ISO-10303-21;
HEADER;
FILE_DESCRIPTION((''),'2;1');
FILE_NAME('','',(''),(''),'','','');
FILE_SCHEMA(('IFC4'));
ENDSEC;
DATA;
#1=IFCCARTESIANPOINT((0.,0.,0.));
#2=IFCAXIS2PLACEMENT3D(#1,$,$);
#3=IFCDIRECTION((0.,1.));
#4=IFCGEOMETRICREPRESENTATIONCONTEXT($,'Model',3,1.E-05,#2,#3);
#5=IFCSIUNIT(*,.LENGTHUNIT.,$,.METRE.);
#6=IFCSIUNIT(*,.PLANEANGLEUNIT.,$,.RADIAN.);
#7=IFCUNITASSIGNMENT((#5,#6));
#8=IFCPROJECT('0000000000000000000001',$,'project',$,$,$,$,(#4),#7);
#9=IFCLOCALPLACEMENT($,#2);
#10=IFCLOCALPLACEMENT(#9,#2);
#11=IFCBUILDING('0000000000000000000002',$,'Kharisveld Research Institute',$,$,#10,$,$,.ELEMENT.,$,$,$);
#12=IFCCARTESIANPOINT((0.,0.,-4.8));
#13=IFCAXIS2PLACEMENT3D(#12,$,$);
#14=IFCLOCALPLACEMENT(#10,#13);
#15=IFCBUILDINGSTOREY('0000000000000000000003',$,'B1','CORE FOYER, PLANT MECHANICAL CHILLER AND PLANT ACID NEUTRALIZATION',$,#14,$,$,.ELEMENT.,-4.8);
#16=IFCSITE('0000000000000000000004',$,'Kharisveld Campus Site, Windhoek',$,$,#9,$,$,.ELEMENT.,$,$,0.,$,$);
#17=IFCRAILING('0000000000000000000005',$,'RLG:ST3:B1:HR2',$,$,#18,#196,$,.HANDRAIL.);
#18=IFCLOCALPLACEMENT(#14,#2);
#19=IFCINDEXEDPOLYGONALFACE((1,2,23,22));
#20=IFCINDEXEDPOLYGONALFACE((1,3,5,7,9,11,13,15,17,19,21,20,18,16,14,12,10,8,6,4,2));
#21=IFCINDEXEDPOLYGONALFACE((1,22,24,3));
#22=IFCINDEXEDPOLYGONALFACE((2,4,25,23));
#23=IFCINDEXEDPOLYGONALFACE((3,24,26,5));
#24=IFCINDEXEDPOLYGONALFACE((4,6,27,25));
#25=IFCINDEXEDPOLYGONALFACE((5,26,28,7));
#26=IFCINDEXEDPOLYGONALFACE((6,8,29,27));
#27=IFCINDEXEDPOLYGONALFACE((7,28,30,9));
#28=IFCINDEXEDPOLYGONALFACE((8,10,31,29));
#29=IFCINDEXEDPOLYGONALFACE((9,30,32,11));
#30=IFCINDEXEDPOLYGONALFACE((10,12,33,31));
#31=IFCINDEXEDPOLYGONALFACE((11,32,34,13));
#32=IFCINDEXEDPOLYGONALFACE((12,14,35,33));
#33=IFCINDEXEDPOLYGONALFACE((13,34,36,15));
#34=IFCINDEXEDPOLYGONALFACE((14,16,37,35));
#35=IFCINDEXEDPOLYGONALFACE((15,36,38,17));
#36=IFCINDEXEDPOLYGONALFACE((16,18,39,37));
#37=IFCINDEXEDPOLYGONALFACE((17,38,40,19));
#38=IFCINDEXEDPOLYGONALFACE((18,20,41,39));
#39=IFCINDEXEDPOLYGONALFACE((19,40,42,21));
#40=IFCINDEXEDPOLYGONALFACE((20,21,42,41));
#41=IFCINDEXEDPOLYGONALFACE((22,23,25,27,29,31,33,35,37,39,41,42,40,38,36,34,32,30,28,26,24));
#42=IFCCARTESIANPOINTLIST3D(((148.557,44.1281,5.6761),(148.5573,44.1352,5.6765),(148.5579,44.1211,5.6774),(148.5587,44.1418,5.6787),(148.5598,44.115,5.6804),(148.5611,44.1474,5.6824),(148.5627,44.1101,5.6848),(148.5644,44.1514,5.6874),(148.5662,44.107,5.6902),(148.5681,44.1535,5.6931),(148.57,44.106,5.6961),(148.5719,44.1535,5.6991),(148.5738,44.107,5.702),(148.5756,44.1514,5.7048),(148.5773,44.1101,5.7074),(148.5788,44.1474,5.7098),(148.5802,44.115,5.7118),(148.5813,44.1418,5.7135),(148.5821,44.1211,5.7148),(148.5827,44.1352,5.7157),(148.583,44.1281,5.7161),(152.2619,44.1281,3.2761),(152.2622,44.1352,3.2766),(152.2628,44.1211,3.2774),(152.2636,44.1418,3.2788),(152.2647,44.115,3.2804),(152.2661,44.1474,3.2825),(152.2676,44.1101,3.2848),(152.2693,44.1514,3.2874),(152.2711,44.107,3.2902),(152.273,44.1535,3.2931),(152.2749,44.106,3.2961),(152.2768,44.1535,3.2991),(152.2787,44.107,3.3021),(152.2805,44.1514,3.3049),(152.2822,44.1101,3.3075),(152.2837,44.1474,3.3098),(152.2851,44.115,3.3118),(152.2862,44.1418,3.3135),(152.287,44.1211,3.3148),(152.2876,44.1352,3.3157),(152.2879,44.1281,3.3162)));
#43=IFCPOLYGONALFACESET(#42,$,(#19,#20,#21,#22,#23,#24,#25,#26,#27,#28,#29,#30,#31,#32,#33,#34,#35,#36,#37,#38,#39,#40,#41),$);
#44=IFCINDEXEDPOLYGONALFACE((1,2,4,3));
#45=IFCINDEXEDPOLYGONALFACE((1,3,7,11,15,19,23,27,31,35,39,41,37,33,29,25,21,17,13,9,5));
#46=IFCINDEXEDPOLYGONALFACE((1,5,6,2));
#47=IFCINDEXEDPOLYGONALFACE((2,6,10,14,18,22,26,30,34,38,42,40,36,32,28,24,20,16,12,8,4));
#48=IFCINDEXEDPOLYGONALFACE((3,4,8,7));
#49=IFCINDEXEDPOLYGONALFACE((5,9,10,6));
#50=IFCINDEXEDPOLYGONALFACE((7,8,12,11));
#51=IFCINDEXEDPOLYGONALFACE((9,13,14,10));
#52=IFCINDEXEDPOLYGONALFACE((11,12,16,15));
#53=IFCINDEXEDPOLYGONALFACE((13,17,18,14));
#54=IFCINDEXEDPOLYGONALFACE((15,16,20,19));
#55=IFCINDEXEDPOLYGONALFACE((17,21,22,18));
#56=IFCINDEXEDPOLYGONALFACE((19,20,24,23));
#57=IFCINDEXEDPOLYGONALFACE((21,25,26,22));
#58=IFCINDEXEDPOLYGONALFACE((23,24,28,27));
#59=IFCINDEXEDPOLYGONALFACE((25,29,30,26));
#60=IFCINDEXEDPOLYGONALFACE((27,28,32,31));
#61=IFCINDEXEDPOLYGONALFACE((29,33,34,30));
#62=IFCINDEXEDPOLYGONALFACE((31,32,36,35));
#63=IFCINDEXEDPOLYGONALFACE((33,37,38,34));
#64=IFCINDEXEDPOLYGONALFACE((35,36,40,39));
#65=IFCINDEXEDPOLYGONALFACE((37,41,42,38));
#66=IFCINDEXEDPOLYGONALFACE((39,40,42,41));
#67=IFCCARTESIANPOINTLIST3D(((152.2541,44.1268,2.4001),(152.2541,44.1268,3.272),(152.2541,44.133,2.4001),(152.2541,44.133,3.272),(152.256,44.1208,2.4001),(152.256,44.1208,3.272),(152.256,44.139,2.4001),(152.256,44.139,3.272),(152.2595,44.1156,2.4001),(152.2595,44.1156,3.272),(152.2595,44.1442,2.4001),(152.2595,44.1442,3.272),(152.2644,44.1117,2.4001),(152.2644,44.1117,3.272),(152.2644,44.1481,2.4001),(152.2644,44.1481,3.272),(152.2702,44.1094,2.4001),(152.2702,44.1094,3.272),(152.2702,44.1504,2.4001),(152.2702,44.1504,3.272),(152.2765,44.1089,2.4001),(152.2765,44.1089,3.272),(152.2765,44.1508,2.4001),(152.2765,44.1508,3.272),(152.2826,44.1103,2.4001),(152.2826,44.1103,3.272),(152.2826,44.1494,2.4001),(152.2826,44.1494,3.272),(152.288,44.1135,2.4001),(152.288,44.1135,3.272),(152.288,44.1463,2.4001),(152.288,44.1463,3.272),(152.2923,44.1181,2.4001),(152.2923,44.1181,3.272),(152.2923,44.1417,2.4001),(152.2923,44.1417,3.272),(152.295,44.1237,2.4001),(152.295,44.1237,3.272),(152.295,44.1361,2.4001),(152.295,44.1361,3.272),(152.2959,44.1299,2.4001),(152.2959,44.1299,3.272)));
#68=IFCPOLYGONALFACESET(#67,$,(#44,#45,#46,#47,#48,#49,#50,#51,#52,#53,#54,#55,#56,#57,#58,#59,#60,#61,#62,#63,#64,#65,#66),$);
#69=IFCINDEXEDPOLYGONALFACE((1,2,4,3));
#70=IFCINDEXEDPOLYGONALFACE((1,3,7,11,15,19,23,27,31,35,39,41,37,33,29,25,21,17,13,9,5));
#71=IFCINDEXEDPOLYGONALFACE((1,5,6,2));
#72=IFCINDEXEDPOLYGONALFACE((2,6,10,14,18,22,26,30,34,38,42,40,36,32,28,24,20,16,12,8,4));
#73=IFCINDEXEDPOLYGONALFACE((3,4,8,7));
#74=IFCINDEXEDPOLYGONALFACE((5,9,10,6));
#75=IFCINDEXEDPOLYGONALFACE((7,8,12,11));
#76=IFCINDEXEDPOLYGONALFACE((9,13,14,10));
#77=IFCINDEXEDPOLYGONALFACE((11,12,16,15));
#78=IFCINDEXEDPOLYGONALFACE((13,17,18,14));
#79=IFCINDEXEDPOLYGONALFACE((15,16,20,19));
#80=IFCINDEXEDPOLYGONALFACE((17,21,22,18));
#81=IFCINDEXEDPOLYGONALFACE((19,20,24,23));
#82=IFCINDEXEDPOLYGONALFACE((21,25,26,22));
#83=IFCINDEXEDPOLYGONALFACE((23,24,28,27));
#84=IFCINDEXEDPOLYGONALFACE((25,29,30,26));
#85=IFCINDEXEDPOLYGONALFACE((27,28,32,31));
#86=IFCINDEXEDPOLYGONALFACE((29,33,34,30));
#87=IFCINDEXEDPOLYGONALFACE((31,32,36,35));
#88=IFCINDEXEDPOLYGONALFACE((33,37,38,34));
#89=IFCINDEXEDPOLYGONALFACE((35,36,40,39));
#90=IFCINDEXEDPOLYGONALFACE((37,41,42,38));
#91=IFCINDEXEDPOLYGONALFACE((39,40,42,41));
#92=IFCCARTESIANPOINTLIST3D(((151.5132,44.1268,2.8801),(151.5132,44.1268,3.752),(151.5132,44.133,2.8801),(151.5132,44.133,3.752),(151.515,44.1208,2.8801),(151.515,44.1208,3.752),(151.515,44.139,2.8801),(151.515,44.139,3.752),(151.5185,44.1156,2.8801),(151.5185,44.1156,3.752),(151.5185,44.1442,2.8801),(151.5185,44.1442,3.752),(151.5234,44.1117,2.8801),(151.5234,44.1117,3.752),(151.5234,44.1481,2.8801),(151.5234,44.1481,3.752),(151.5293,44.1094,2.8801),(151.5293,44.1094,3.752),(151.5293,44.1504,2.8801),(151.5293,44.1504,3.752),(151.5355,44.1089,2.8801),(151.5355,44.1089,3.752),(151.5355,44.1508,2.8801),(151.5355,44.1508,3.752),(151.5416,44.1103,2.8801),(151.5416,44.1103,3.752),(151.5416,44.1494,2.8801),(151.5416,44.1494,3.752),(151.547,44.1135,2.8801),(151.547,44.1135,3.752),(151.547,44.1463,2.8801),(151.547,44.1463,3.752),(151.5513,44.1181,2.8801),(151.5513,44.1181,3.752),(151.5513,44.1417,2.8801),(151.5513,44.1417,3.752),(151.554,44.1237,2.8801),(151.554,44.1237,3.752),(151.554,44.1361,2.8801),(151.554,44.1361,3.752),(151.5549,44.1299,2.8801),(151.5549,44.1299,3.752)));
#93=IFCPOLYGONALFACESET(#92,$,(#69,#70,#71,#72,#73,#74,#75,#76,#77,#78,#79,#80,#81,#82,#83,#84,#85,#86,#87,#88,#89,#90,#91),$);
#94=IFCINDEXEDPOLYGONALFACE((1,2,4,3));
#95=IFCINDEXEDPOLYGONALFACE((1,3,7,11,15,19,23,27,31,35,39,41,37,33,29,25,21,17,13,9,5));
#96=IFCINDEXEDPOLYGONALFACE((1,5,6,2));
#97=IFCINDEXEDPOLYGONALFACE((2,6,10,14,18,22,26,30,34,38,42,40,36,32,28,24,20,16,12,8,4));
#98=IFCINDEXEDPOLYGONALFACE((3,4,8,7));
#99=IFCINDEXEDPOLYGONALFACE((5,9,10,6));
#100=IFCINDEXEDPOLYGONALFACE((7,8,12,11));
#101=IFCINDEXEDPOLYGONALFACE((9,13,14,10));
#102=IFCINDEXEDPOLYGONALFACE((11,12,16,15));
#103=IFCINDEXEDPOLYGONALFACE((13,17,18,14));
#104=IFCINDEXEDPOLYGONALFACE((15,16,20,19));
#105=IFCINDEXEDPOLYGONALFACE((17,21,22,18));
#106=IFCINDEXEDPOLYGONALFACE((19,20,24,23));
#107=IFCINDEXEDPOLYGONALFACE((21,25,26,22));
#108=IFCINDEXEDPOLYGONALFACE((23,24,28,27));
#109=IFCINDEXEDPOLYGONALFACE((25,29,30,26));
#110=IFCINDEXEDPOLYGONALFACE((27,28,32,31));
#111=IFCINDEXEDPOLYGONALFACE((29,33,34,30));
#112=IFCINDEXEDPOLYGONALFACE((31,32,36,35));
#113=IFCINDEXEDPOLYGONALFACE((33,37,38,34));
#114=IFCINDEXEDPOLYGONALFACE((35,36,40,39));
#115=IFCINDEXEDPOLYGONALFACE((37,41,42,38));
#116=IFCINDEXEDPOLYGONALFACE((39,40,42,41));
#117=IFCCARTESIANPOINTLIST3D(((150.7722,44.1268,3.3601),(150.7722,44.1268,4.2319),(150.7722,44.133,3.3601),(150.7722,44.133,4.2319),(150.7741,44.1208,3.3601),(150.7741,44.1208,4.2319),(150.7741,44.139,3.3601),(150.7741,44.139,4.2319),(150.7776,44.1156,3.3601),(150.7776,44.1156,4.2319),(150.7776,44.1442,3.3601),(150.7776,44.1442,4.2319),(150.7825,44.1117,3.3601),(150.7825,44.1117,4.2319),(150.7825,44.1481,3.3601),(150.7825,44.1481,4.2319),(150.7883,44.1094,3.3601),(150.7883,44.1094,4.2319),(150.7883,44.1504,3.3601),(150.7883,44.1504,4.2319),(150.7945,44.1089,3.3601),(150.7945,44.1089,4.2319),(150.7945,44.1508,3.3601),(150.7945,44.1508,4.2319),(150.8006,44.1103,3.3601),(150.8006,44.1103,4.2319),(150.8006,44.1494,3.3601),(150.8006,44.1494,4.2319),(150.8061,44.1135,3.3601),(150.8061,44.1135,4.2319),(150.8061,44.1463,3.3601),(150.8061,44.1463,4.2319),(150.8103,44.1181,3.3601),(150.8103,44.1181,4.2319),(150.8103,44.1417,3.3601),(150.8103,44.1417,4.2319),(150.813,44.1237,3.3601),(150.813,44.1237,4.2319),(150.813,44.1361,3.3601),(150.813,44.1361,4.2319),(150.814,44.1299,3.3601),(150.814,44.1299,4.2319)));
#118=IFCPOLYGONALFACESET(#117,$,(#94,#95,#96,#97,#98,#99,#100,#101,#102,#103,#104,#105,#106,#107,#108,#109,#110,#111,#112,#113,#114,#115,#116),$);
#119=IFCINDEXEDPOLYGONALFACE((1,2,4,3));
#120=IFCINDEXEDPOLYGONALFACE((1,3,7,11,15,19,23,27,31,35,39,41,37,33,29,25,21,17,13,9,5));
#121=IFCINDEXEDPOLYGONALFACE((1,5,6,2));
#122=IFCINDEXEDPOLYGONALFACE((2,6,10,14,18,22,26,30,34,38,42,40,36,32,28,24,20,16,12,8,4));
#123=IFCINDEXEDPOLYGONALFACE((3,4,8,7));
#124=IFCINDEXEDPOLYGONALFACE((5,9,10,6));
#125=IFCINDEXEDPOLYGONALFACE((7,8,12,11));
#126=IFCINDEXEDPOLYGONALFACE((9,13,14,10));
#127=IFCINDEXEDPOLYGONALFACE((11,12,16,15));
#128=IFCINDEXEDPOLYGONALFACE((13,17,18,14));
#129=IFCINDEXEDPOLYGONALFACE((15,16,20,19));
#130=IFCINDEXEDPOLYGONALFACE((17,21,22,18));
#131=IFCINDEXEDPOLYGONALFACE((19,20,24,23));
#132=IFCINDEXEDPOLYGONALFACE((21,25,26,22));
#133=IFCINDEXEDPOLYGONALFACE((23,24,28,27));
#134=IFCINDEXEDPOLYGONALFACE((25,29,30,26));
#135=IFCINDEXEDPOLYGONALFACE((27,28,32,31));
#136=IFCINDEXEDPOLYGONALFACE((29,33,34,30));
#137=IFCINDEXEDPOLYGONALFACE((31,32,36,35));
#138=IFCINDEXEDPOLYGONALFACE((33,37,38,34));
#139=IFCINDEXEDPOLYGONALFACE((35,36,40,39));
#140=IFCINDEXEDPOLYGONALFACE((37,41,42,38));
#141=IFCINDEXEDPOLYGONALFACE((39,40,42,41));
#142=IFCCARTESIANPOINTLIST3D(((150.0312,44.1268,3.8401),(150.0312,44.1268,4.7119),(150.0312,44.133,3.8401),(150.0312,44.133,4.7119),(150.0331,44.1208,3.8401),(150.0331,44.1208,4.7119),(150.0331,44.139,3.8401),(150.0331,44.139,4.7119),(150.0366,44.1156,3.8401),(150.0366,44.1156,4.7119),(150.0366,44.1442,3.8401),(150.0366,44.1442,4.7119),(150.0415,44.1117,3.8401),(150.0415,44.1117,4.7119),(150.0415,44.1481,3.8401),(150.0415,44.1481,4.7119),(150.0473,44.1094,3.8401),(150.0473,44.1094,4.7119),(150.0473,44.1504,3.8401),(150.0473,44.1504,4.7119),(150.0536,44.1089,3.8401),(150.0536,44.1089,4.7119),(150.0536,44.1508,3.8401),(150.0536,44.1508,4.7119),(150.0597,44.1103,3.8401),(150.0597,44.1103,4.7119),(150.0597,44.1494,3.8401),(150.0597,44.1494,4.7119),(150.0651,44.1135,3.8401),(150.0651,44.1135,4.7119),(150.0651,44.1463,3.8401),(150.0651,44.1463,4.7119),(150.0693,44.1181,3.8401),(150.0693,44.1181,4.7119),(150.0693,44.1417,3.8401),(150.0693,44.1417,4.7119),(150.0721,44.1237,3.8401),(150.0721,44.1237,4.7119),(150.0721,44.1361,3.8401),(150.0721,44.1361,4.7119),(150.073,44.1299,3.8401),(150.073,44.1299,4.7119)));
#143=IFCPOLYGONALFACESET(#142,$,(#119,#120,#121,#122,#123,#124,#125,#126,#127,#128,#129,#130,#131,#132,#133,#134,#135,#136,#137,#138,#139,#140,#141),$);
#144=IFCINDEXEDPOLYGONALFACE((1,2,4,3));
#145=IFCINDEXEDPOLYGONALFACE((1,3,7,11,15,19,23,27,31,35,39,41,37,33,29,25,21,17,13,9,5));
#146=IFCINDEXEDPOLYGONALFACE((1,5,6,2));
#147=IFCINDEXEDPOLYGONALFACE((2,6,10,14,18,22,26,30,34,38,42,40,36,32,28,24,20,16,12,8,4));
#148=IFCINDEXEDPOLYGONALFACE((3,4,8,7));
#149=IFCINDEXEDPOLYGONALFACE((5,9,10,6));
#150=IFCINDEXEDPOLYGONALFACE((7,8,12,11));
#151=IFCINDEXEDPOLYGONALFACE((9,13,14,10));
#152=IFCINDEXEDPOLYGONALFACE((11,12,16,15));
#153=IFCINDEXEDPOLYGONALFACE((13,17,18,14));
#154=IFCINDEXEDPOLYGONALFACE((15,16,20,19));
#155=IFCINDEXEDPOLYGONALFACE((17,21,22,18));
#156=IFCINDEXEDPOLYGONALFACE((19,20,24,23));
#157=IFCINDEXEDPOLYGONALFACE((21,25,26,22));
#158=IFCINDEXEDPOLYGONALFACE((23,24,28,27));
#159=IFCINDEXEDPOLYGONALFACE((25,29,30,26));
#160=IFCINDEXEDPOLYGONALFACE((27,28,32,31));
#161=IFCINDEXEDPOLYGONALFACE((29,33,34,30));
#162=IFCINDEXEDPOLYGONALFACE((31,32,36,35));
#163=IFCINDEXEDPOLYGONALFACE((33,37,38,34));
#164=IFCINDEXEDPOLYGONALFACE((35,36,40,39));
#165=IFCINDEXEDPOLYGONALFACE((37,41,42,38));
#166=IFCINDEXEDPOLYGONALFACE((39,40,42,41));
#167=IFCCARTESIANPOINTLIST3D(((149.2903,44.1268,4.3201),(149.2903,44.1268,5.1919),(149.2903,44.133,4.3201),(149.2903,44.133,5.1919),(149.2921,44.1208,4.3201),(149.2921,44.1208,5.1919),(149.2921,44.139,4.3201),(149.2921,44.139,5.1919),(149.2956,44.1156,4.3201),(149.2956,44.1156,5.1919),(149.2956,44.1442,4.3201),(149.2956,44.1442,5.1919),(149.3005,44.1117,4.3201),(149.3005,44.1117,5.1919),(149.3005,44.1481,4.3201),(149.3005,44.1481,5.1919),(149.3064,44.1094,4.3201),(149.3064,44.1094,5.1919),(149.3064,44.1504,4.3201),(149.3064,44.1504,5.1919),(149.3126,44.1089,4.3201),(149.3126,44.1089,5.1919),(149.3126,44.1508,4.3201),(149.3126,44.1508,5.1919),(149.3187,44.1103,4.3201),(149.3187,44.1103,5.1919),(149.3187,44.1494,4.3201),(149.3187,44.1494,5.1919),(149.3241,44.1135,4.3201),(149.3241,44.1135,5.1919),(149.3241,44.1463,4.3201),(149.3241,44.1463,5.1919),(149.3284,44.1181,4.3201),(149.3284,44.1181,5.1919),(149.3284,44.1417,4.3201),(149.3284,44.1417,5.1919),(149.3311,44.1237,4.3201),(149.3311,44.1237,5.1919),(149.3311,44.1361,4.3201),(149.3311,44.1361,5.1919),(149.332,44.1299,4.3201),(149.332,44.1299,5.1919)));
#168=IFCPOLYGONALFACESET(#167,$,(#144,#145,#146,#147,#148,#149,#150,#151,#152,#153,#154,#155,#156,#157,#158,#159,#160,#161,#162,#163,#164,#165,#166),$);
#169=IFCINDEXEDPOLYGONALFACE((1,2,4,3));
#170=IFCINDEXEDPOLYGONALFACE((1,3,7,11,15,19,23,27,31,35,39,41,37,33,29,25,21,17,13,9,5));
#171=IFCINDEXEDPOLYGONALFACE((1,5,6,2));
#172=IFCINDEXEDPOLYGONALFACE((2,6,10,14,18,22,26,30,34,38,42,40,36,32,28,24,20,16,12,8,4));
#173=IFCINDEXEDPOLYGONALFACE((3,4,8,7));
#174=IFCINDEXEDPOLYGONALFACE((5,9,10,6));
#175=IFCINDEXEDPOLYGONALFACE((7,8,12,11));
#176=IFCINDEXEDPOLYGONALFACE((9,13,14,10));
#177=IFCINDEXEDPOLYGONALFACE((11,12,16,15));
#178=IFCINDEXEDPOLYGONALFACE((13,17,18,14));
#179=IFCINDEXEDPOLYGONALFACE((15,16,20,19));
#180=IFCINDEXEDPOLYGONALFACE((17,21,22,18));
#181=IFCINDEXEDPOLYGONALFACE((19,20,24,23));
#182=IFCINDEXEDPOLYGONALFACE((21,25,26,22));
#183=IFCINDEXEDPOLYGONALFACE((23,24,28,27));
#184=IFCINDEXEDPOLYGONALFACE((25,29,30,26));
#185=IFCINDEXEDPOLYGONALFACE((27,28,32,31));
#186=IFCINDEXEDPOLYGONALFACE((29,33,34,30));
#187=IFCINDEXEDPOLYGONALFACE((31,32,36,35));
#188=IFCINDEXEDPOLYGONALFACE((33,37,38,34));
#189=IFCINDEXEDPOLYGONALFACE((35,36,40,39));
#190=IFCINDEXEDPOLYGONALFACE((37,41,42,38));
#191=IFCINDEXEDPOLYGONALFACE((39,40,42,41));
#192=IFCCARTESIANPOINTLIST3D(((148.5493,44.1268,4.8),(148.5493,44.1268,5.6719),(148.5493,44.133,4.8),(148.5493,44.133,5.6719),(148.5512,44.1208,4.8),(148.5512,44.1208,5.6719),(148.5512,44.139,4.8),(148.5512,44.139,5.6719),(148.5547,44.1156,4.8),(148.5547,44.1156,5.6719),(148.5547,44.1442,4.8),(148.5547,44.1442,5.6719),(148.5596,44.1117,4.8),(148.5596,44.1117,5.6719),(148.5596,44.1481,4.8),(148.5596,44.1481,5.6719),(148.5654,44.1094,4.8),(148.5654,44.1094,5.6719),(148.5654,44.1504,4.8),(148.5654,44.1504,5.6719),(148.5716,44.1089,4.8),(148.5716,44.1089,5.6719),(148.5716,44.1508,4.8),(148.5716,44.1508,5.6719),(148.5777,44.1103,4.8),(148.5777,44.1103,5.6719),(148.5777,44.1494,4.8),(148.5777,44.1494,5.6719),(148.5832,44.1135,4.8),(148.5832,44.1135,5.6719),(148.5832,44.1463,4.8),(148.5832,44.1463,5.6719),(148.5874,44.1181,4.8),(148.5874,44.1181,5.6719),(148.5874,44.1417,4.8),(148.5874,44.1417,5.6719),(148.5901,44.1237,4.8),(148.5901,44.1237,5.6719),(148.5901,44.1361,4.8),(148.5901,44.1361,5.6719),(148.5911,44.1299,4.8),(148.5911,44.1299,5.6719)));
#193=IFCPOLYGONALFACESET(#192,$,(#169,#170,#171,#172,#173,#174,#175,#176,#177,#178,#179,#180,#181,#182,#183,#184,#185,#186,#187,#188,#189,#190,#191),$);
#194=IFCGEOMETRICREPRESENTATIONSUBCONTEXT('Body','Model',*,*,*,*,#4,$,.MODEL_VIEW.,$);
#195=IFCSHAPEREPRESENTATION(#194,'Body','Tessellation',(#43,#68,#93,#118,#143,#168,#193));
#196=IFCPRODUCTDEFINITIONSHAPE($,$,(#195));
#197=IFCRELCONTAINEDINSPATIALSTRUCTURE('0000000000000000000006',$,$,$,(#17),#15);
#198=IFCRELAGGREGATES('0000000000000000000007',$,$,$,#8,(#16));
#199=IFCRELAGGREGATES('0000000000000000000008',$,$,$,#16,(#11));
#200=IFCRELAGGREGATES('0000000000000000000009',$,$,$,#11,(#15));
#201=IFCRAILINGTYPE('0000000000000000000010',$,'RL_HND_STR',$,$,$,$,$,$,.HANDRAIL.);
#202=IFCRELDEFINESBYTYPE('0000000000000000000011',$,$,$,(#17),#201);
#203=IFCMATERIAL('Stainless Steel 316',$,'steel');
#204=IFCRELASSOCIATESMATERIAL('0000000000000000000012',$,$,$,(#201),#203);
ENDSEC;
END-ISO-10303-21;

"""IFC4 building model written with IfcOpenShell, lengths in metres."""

from ifc_helpers import new_model, si_unit, direction, frame, origin, origin_2d, place, context, subcontext, project, spatial, circle, extrude, material, type_object, element, save


model = new_model("IFC4")

# Units and contexts
model_context = context("Model", 3, precision=1e-05, world=origin(), true_north=direction((0.0, 1.0)))
body_context = subcontext(model_context, "Body", "Model", "MODEL_VIEW")
ifc_project = project(units=[si_unit("LENGTHUNIT", "METRE"), si_unit("PLANEANGLEUNIT", "RADIAN")], contexts=[model_context])

# Site, building, storey
site_placement = place(None, origin())
site = spatial("IfcSite", under=ifc_project, at=site_placement, Name="Kharisveld Campus Site, Windhoek", CompositionType="ELEMENT", RefElevation=0.0)
building_placement = place(site_placement, origin())
building = spatial("IfcBuilding", under=site, at=building_placement, Name="Kharisveld Research Institute", CompositionType="ELEMENT")
storey_placement = place(building_placement, frame((0.0, 0.0, -4.8)))
storey = spatial("IfcBuildingStorey", under=building, at=storey_placement, Name="B1", Description="CORE FOYER, PLANT MECHANICAL CHILLER AND PLANT ACID NEUTRALIZATION", CompositionType="ELEMENT", Elevation=-4.8)

# Railing
ifc_material_1 = material(Name="Stainless Steel 316", Category="steel")
railing_type_1 = type_object("IfcRailingType", Name="RL_HND_STR", PredefinedType="HANDRAIL", material=ifc_material_1)
railing_1_placement = place(storey_placement, frame((152.2749, 44.1299, 2.4001)))
element("IfcRailing", 1, at=railing_1_placement, inside=storey, type_object=railing_type_1, Name="RLG:ST3:B1:HR2", PredefinedType="HANDRAIL", context=body_context, shape_type="SweptSolid", body=[
    extrude(circle(Radius=0.0239, at=origin_2d()), frame((0.0, 0.0, 0.896), z_axis=(-0.839296, 0.0, 0.543675), x_axis=(0.0, -1.0, 0.0)), (0.0, 0.0, 1.0), 4.4143),
    extrude(circle(Radius=0.021, at=origin_2d()), origin(), (0.0, 0.0, 1.0), 0.8718),
    extrude(circle(Radius=0.021, at=origin_2d()), frame((-0.741, 0.0, 0.48)), (0.0, 0.0, 1.0), 0.8718),
    extrude(circle(Radius=0.021, at=origin_2d()), frame((-1.4819, 0.0, 0.96)), (0.0, 0.0, 1.0), 0.8718),
    extrude(circle(Radius=0.021, at=origin_2d()), frame((-2.2229, 0.0, 1.4399)), (0.0, 0.0, 1.0), 0.8718),
    extrude(circle(Radius=0.021, at=origin_2d()), frame((-2.9639, 0.0, 1.9199)), (0.0, 0.0, 1.0), 0.8718),
    extrude(circle(Radius=0.021, at=origin_2d()), frame((-3.7048, 0.0, 2.3999)), (0.0, 0.0, 1.0), 0.8718),
])

save(model, "model.ifc")
